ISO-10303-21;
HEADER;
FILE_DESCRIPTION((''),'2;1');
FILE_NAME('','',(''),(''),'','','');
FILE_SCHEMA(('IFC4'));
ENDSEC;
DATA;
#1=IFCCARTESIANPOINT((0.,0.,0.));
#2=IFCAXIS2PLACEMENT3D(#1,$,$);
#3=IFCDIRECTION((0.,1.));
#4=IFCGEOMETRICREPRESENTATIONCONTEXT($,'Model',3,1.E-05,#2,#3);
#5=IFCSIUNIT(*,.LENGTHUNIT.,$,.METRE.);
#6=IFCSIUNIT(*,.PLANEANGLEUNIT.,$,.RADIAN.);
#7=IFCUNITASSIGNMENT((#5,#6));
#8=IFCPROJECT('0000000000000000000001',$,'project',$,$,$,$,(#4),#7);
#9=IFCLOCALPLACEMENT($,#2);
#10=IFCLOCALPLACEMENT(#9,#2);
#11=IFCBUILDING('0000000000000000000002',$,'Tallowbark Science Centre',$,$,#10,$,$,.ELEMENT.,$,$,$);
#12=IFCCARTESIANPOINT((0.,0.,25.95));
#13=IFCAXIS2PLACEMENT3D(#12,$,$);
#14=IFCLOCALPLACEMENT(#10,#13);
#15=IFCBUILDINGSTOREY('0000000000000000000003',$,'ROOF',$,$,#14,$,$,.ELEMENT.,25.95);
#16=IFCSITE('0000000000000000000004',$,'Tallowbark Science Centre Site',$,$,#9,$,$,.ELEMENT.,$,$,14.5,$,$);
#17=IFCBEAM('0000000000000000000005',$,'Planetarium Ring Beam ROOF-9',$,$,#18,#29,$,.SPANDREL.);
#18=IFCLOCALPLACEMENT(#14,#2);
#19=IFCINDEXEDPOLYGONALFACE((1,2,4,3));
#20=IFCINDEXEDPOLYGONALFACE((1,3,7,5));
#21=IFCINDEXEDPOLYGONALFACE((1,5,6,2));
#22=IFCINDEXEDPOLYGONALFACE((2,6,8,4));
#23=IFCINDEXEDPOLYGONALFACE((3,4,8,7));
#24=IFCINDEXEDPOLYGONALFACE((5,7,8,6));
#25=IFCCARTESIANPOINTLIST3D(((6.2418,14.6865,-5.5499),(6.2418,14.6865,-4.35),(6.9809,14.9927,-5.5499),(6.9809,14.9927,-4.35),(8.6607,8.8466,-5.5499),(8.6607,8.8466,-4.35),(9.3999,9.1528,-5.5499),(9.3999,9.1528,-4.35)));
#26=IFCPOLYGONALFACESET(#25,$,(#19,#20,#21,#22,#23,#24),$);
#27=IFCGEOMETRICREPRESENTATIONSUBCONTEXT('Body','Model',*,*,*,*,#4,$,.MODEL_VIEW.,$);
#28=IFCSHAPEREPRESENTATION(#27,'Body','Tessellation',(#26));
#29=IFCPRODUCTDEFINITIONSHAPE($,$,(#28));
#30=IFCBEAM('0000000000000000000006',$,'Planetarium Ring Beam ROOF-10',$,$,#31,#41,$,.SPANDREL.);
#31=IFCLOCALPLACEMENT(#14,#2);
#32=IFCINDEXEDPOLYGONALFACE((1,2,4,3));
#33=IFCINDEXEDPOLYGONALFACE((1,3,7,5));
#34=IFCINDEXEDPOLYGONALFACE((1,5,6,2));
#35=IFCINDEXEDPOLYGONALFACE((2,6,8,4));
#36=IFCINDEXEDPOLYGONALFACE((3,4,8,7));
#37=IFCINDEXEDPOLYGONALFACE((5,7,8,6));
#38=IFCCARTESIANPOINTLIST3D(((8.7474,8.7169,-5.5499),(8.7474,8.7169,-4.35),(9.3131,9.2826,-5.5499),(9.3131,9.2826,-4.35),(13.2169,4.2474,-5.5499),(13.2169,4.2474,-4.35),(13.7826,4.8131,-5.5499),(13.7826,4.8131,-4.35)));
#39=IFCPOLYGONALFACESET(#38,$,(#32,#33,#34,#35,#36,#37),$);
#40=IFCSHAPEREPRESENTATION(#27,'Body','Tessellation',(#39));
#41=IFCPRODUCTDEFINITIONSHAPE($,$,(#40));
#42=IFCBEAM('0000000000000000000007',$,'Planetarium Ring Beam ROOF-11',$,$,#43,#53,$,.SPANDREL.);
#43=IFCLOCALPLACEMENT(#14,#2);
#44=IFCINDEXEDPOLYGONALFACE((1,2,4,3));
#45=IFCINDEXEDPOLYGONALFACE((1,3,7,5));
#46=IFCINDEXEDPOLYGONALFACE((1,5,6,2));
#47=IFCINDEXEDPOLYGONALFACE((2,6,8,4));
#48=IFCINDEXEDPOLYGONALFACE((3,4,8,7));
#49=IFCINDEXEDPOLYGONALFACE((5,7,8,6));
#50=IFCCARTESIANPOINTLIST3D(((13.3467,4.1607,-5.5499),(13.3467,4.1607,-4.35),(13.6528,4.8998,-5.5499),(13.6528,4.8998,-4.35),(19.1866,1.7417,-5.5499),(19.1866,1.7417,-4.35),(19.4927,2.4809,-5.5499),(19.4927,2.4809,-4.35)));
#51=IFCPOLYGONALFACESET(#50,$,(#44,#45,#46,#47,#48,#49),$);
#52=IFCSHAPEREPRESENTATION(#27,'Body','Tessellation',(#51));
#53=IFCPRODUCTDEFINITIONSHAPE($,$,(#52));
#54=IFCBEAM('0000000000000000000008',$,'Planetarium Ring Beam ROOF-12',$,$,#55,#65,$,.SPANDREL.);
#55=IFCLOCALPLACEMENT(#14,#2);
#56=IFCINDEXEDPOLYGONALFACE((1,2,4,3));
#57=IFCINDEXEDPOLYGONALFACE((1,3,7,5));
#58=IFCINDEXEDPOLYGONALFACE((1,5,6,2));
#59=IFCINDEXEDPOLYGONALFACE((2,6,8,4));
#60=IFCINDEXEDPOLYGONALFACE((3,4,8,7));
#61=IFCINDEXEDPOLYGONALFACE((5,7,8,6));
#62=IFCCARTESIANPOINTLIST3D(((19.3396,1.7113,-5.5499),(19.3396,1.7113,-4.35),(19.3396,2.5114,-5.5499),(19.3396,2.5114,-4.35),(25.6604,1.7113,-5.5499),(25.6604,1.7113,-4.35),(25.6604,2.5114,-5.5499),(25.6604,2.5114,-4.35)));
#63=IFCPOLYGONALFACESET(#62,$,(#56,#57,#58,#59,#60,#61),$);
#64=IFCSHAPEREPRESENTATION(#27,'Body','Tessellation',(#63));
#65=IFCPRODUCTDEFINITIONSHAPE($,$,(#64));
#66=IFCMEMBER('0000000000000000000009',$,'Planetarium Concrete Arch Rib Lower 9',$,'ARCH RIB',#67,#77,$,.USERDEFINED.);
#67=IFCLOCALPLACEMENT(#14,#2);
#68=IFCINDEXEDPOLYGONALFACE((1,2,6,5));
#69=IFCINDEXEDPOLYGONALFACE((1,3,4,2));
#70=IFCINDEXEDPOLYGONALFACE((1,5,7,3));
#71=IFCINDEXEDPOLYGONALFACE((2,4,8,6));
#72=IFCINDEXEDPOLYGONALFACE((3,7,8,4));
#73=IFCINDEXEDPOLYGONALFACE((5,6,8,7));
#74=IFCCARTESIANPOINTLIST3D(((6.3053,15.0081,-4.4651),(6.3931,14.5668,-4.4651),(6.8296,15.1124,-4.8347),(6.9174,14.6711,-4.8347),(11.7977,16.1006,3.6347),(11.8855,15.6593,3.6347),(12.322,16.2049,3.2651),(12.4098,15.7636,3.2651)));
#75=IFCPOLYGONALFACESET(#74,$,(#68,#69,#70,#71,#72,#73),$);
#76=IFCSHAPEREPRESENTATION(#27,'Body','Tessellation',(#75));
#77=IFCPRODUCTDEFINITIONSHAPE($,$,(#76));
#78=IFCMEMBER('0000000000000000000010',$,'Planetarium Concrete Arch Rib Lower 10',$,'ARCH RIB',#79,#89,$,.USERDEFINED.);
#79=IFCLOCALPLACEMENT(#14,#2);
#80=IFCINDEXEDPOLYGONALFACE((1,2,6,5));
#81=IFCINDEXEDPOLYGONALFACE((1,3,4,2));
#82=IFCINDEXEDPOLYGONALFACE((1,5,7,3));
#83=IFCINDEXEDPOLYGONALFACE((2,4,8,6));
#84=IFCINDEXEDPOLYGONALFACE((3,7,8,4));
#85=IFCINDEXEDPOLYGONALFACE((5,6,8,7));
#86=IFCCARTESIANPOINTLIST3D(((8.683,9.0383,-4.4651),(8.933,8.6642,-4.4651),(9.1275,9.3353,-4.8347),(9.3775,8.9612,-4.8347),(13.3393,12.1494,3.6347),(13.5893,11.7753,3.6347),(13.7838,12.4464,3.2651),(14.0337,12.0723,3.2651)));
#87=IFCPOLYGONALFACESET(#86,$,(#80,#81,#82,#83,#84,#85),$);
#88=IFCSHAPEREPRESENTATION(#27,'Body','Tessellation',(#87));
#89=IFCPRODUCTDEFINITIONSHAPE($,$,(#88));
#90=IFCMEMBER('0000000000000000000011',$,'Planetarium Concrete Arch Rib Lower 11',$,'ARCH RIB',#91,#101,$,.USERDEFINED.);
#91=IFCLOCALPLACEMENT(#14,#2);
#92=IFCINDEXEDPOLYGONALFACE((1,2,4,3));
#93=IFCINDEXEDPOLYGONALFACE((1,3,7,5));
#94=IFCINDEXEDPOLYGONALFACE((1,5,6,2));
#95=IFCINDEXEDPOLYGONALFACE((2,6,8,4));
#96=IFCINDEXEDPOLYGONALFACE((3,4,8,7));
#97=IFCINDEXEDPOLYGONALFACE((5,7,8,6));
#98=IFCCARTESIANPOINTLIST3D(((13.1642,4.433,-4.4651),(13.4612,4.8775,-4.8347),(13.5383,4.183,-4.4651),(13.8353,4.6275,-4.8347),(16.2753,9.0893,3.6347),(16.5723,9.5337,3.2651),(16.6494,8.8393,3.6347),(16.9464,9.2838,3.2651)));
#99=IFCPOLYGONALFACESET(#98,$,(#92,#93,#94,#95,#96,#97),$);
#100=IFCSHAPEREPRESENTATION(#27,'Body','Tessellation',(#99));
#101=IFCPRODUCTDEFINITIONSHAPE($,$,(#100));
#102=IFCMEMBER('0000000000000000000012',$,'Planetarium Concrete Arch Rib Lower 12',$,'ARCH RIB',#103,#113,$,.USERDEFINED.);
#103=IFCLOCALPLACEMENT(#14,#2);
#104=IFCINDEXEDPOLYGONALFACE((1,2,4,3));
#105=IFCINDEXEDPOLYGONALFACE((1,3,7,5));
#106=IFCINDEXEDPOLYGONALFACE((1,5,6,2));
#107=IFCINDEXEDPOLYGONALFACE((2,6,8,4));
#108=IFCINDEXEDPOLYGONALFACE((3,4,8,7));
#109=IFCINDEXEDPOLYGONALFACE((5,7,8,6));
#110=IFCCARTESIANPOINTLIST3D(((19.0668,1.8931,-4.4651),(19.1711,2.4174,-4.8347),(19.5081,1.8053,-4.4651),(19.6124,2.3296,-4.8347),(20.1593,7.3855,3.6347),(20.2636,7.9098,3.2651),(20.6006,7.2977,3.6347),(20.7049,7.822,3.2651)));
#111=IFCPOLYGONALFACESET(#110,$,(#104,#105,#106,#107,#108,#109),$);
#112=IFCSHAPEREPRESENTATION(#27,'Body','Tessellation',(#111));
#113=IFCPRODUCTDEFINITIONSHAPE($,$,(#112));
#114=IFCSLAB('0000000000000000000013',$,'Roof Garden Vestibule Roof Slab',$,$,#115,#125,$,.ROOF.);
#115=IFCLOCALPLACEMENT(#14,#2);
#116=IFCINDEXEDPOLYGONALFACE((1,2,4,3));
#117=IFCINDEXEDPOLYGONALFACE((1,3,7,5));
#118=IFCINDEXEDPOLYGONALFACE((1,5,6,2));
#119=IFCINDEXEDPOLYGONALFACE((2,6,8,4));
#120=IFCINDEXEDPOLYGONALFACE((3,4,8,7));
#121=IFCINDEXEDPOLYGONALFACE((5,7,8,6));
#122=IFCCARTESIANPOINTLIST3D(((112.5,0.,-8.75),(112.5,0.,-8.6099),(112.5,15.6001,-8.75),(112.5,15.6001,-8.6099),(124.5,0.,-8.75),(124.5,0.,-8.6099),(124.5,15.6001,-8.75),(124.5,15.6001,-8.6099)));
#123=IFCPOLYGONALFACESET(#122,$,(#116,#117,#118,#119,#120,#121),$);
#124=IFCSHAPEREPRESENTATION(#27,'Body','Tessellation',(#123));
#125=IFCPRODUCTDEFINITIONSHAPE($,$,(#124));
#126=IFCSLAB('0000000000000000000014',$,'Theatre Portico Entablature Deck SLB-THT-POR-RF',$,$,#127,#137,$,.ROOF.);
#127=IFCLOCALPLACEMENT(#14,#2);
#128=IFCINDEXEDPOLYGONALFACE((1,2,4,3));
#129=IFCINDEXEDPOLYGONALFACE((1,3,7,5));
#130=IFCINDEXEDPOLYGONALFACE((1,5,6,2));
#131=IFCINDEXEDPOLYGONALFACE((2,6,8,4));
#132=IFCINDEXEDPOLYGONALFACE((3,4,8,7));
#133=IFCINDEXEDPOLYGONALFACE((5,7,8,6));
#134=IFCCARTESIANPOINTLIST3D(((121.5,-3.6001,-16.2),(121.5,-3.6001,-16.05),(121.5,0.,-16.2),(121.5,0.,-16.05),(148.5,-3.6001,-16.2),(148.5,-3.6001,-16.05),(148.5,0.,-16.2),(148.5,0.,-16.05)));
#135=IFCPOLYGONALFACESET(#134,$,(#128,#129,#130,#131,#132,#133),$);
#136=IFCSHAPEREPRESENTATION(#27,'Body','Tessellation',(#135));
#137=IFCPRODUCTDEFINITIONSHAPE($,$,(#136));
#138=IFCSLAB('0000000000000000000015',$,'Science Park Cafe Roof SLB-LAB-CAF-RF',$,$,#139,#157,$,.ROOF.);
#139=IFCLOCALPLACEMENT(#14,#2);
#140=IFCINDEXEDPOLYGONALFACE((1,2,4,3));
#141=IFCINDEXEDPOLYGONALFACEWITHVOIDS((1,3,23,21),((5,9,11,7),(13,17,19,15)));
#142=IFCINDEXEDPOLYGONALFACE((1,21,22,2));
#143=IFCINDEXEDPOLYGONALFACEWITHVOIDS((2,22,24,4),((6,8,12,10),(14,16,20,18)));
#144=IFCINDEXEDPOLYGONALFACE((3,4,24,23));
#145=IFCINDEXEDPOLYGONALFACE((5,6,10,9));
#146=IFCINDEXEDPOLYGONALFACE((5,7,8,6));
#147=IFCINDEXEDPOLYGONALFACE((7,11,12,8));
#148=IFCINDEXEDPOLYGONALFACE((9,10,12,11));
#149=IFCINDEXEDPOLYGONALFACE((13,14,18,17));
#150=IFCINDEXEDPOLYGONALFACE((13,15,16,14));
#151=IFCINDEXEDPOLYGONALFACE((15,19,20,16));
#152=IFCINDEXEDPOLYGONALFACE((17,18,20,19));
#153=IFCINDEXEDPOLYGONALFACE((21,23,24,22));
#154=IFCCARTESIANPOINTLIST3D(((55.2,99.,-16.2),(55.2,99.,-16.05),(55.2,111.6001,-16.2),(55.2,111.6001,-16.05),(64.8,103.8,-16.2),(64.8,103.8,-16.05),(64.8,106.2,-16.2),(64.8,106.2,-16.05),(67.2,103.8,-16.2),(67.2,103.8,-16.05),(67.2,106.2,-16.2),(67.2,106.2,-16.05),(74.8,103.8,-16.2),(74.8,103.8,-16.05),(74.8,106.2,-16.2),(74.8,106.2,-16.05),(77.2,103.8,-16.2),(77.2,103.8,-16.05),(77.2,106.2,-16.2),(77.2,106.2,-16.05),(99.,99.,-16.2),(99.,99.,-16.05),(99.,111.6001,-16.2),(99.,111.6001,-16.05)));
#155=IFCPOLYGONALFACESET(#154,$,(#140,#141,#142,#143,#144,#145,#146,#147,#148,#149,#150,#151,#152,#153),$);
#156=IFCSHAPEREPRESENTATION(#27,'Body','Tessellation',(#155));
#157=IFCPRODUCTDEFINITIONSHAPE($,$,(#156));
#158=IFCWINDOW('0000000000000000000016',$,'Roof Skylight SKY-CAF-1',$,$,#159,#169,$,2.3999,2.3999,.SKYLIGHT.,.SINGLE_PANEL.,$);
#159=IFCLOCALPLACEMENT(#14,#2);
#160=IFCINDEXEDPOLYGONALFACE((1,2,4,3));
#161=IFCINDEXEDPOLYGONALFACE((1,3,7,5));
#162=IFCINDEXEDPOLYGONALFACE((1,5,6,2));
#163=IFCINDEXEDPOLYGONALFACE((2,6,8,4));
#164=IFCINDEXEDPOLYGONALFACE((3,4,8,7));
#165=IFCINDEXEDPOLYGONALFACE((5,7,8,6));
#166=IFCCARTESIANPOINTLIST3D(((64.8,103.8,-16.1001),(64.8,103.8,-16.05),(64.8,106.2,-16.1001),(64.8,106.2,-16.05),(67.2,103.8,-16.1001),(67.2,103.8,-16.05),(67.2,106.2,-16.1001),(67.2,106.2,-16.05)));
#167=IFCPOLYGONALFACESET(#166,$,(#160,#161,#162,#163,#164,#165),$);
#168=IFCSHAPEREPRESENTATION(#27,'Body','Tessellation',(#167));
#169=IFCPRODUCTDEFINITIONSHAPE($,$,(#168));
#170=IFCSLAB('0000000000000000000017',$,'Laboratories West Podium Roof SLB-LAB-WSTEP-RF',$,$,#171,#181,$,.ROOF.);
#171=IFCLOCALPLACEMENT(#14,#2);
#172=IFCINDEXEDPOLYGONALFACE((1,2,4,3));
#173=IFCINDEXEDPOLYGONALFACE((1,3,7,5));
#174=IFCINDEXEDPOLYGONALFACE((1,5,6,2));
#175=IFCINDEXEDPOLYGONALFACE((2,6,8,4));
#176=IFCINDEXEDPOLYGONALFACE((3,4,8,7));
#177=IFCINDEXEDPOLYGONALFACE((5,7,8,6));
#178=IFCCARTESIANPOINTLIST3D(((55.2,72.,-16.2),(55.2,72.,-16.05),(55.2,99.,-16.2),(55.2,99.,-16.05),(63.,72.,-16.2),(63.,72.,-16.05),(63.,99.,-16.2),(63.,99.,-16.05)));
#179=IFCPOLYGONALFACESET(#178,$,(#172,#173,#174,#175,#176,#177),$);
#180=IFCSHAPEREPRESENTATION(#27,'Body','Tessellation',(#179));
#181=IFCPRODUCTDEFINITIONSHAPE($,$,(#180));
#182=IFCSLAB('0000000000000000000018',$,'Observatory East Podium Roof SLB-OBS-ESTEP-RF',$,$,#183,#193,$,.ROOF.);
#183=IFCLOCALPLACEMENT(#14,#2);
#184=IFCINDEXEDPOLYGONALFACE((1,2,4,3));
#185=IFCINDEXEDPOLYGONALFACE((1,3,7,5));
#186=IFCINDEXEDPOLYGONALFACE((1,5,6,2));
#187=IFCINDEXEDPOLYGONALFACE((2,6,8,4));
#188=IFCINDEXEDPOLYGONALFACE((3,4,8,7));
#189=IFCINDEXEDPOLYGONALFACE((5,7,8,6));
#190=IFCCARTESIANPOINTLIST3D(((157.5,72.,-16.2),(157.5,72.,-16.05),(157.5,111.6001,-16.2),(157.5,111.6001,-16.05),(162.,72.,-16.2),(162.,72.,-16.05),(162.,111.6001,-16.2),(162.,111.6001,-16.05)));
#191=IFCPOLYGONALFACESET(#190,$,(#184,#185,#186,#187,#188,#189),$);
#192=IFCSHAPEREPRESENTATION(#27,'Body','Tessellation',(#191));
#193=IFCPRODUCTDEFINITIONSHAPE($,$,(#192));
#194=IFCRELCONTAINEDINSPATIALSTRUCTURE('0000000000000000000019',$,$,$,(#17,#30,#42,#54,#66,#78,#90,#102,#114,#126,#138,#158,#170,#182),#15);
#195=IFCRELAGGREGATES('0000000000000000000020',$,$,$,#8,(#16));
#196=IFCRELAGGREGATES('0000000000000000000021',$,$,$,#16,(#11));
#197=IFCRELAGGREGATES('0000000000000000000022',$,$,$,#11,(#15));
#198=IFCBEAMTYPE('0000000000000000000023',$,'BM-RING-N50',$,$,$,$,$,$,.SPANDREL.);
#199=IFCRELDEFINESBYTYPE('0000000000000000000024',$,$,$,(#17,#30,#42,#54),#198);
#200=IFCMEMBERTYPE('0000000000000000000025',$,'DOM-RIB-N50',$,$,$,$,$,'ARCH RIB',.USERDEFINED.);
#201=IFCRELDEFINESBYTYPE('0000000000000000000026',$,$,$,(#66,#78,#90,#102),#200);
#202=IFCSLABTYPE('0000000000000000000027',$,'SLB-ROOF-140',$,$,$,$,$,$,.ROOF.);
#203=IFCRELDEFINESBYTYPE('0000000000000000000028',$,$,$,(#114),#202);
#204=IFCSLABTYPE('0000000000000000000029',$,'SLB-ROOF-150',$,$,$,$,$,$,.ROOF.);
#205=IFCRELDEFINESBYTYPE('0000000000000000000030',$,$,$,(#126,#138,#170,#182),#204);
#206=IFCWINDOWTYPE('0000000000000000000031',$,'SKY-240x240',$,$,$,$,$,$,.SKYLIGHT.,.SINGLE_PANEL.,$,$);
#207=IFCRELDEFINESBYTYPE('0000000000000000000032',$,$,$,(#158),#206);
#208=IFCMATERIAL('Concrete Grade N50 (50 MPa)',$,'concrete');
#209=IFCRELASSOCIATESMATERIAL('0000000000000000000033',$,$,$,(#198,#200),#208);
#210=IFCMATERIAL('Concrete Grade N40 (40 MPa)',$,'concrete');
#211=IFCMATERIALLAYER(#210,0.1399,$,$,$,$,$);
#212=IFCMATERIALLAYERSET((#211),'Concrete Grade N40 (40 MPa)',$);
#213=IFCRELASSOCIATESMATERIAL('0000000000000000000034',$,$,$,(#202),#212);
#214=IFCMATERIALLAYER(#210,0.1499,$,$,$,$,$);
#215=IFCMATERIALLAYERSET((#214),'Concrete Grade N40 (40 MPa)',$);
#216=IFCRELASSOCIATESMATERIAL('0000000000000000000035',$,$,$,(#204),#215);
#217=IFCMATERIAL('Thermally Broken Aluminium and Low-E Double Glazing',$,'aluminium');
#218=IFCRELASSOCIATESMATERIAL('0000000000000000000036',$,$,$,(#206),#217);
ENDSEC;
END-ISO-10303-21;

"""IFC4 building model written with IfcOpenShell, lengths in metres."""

from ifc_helpers import new_model, si_unit, direction, frame, origin, origin_2d, place, context, subcontext, project, spatial, polyline, rectangle, outline, extrude, material, layer, layer_set, material_profile, profile_set, type_object, element, fill, save


model = new_model("IFC4")

# Units and contexts
model_context = context("Model", 3, precision=1e-05, world=origin(), true_north=direction((0.0, 1.0)))
body_context = subcontext(model_context, "Body", "Model", "MODEL_VIEW")
ifc_project = project(units=[si_unit("LENGTHUNIT", "METRE"), si_unit("PLANEANGLEUNIT", "RADIAN")], contexts=[model_context])

# Site, building, storey
site_placement = place(None, origin())
site = spatial("IfcSite", under=ifc_project, at=site_placement, Name="Tallowbark Science Centre Site", CompositionType="ELEMENT", RefElevation=14.5)
building_placement = place(site_placement, origin())
building = spatial("IfcBuilding", under=site, at=building_placement, Name="Tallowbark Science Centre", CompositionType="ELEMENT")
storey_placement = place(building_placement, frame((0.0, 0.0, 25.95)))
storey = spatial("IfcBuildingStorey", under=building, at=storey_placement, Name="ROOF", CompositionType="ELEMENT", Elevation=25.95)

# Beams
ifc_material_1 = material(Name="Concrete Grade N50 (50 MPa)", Category="concrete")
ifc_material_profile_1 = material_profile(ifc_material_1, rectangle(XDim=0.8, YDim=1.2, at=origin_2d()), Name="RC800x1200")
ifc_profile_set_1 = profile_set([ifc_material_profile_1], Name="Concrete Grade N50 (50 MPa)")
beam_type = type_object("IfcBeamType", Name="BM-RING-N50", PredefinedType="SPANDREL", material=ifc_profile_set_1)
beam_1_placement = place(storey_placement, frame((6.6113, 14.8396, -4.95), z_axis=(0.382684, -0.923879, 0.0), x_axis=(0.923879, 0.382684, 0.0)))
element("IfcBeam", 1, at=beam_1_placement, inside=storey, type_object=beam_type, Name="Planetarium Ring Beam ROOF-9", PredefinedType="SPANDREL", context=body_context, shape_type="SweptSolid", body=[
    extrude(rectangle(XDim=0.8, YDim=1.2, at=origin_2d()), origin(), (0.0, 0.0, 1.0), 6.321),
])
beam_2_placement = place(storey_placement, frame((9.0303, 8.9998, -4.95), z_axis=(0.707107, -0.707107, 0.0), x_axis=(0.707107, 0.707107, 0.0)))
element("IfcBeam", 2, at=beam_2_placement, inside=storey, type_object=beam_type, Name="Planetarium Ring Beam ROOF-10", PredefinedType="SPANDREL", context=body_context, shape_type="SweptSolid", body=[
    extrude(rectangle(XDim=0.8, YDim=1.2, at=origin_2d()), origin(), (0.0, 0.0, 1.0), 6.3208),
])
beam_3_placement = place(storey_placement, frame((13.4998, 4.5303, -4.95), z_axis=(0.923879, -0.382684, 0.0), x_axis=(0.382684, 0.923879, 0.0)))
element("IfcBeam", 3, at=beam_3_placement, inside=storey, type_object=beam_type, Name="Planetarium Ring Beam ROOF-11", PredefinedType="SPANDREL", context=body_context, shape_type="SweptSolid", body=[
    extrude(rectangle(XDim=0.8, YDim=1.2, at=origin_2d()), origin(), (0.0, 0.0, 1.0), 6.321),
])
beam_4_placement = place(storey_placement, frame((19.3396, 2.1113, -4.95), z_axis=(1.0, 0.0, 0.0), x_axis=(0.0, 1.0, 0.0)))
element("IfcBeam", 4, at=beam_4_placement, inside=storey, type_object=beam_type, Name="Planetarium Ring Beam ROOF-12", PredefinedType="SPANDREL", context=body_context, shape_type="SweptSolid", body=[
    extrude(rectangle(XDim=0.8, YDim=1.2, at=origin_2d()), origin(), (0.0, 0.0, 1.0), 6.3208),
])

# Members
ifc_material_profile_2 = material_profile(ifc_material_1, rectangle(XDim=0.45, YDim=0.6499, at=origin_2d()), Name="RC450x650")
ifc_profile_set_2 = profile_set([ifc_material_profile_2], Name="Concrete Grade N50 (50 MPa)")
member_type = type_object("IfcMemberType", Name="DOM-RIB-N50", ElementType="ARCH RIB", PredefinedType="USERDEFINED", material=ifc_profile_set_2)
for number, where, z_axis, x_axis, name in (
    (5, (6.6113, 14.8396, -4.6499), (0.557764, 0.110948, 0.822551), (-0.195093, 0.980785, 0.0), "Planetarium Concrete Arch Rib Lower 9"),
    (6, (9.0303, 8.9998, -4.6499), (0.472851, 0.315936, 0.822555), (-0.555555, 0.83148, 0.0), "Planetarium Concrete Arch Rib Lower 10"),
    (7, (13.4998, 4.5303, -4.6499), (0.315936, 0.472851, 0.822555), (-0.83148, 0.555555, 0.0), "Planetarium Concrete Arch Rib Lower 11"),
    (8, (19.3396, 2.1113, -4.6499), (0.110948, 0.557764, 0.822551), (-0.980785, 0.195093, 0.0), "Planetarium Concrete Arch Rib Lower 12"),
):
    element("IfcMember", number, at=place(storey_placement, frame(where, z_axis=z_axis, x_axis=x_axis)), inside=storey, type_object=member_type, Name=name, ObjectType="ARCH RIB", PredefinedType="USERDEFINED", context=body_context, shape_type="SweptSolid", body=[
        extrude(rectangle(XDim=0.45, YDim=0.6499, at=origin_2d()), origin(), (0.0, 0.0, 1.0), 9.8472),
    ])

# Slabs
ifc_material_2 = material(Name="Concrete Grade N40 (40 MPa)", Category="concrete")
ifc_layer_1 = layer(ifc_material_2, 0.1399)
ifc_layer_set_1 = layer_set([ifc_layer_1], Name="Concrete Grade N40 (40 MPa)")
slab_type_1 = type_object("IfcSlabType", Name="SLB-ROOF-140", PredefinedType="ROOF", material=ifc_layer_set_1)
slab_1_placement = place(storey_placement, frame((0.0, 0.0, -8.75)))
element("IfcSlab", 9, at=slab_1_placement, inside=storey, type_object=slab_type_1, Name="Roof Garden Vestibule Roof Slab", PredefinedType="ROOF", context=body_context, shape_type="SweptSolid", body=[
    extrude(outline(polyline([(112.5, 0.0), (124.5, 0.0), (124.5, 15.6001), (112.5, 15.6001), (112.5, 0.0)])), origin(), (0.0, 0.0, 1.0), 0.1401),
])
ifc_layer_2 = layer(ifc_material_2, 0.1499)
ifc_layer_set_2 = layer_set([ifc_layer_2], Name="Concrete Grade N40 (40 MPa)")
slab_type_2 = type_object("IfcSlabType", Name="SLB-ROOF-150", PredefinedType="ROOF", material=ifc_layer_set_2)
slab_2_placement = place(storey_placement, frame((0.0, 0.0, -16.2)))
element("IfcSlab", 10, at=slab_2_placement, inside=storey, type_object=slab_type_2, Name="Theatre Portico Entablature Deck SLB-THT-POR-RF", PredefinedType="ROOF", context=body_context, shape_type="SweptSolid", body=[
    extrude(outline(polyline([(121.5, -3.6001), (148.5, -3.6001), (148.5, 0.0), (121.5, 0.0), (121.5, -3.6001)])), origin(), (0.0, 0.0, 1.0), 0.1499),
])

# Slab, opening, window
slab_3_placement = place(storey_placement, frame((0.0, 0.0, -16.2)))
slab_3 = element("IfcSlab", 11, at=slab_3_placement, inside=storey, type_object=slab_type_2, Name="Science Park Cafe Roof SLB-LAB-CAF-RF", PredefinedType="ROOF", context=body_context, shape_type="SweptSolid", body=[
    extrude(outline(polyline([(55.2, 99.0), (99.0, 99.0), (99.0, 111.6001), (55.2, 111.6001), (55.2, 99.0)]), holes=[polyline([(74.8, 103.8), (77.2, 103.8), (77.2, 106.2), (74.8, 106.2), (74.8, 103.8)])]), origin(), (0.0, 0.0, 1.0), 0.1499),
])
opening_1_placement = place(slab_3_placement, frame((66.0, 105.0, 0.0)))
opening_1 = element("IfcOpeningElement", 12, at=opening_1_placement, cuts=slab_3, PredefinedType="OPENING", context=body_context, shape_type="SweptSolid", body=[
    extrude(rectangle(XDim=2.3999, YDim=2.3999, at=origin_2d()), frame((0.0, 0.0, -0.01)), (0.0, 0.0, 1.0), 0.1699),
])
ifc_material_3 = material(Name="Thermally Broken Aluminium and Low-E Double Glazing", Category="aluminium")
window_type_1 = type_object("IfcWindowType", Name="SKY-240x240", PartitioningType="SINGLE_PANEL", PredefinedType="SKYLIGHT", material=ifc_material_3)
window_1_placement = place(opening_1_placement, frame((0.0, 0.0, 0.0999)))
window_1 = element("IfcWindow", 13, at=window_1_placement, inside=storey, type_object=window_type_1, Name="Roof Skylight SKY-CAF-1", OverallHeight=2.3999, OverallWidth=2.3999, PartitioningType="SINGLE_PANEL", PredefinedType="SKYLIGHT", context=body_context, shape_type="SweptSolid", body=[
    extrude(rectangle(XDim=2.3999, YDim=2.3999, at=origin_2d()), origin(), (0.0, 0.0, 1.0), 0.05),
])
fill(opening_1, window_1)

# Slabs
slab_4_placement = place(storey_placement, frame((0.0, 0.0, -16.2)))
element("IfcSlab", 14, at=slab_4_placement, inside=storey, type_object=slab_type_2, Name="Laboratories West Podium Roof SLB-LAB-WSTEP-RF", PredefinedType="ROOF", context=body_context, shape_type="SweptSolid", body=[
    extrude(outline(polyline([(55.2, 72.0), (63.0, 72.0), (63.0, 99.0), (55.2, 99.0), (55.2, 72.0)])), origin(), (0.0, 0.0, 1.0), 0.1499),
])
slab_5_placement = place(storey_placement, frame((0.0, 0.0, -16.2)))
element("IfcSlab", 15, at=slab_5_placement, inside=storey, type_object=slab_type_2, Name="Observatory East Podium Roof SLB-OBS-ESTEP-RF", PredefinedType="ROOF", context=body_context, shape_type="SweptSolid", body=[
    extrude(outline(polyline([(157.5, 72.0), (162.0, 72.0), (162.0, 111.6001), (157.5, 111.6001), (157.5, 72.0)])), origin(), (0.0, 0.0, 1.0), 0.1499),
])

save(model, "model.ifc")
